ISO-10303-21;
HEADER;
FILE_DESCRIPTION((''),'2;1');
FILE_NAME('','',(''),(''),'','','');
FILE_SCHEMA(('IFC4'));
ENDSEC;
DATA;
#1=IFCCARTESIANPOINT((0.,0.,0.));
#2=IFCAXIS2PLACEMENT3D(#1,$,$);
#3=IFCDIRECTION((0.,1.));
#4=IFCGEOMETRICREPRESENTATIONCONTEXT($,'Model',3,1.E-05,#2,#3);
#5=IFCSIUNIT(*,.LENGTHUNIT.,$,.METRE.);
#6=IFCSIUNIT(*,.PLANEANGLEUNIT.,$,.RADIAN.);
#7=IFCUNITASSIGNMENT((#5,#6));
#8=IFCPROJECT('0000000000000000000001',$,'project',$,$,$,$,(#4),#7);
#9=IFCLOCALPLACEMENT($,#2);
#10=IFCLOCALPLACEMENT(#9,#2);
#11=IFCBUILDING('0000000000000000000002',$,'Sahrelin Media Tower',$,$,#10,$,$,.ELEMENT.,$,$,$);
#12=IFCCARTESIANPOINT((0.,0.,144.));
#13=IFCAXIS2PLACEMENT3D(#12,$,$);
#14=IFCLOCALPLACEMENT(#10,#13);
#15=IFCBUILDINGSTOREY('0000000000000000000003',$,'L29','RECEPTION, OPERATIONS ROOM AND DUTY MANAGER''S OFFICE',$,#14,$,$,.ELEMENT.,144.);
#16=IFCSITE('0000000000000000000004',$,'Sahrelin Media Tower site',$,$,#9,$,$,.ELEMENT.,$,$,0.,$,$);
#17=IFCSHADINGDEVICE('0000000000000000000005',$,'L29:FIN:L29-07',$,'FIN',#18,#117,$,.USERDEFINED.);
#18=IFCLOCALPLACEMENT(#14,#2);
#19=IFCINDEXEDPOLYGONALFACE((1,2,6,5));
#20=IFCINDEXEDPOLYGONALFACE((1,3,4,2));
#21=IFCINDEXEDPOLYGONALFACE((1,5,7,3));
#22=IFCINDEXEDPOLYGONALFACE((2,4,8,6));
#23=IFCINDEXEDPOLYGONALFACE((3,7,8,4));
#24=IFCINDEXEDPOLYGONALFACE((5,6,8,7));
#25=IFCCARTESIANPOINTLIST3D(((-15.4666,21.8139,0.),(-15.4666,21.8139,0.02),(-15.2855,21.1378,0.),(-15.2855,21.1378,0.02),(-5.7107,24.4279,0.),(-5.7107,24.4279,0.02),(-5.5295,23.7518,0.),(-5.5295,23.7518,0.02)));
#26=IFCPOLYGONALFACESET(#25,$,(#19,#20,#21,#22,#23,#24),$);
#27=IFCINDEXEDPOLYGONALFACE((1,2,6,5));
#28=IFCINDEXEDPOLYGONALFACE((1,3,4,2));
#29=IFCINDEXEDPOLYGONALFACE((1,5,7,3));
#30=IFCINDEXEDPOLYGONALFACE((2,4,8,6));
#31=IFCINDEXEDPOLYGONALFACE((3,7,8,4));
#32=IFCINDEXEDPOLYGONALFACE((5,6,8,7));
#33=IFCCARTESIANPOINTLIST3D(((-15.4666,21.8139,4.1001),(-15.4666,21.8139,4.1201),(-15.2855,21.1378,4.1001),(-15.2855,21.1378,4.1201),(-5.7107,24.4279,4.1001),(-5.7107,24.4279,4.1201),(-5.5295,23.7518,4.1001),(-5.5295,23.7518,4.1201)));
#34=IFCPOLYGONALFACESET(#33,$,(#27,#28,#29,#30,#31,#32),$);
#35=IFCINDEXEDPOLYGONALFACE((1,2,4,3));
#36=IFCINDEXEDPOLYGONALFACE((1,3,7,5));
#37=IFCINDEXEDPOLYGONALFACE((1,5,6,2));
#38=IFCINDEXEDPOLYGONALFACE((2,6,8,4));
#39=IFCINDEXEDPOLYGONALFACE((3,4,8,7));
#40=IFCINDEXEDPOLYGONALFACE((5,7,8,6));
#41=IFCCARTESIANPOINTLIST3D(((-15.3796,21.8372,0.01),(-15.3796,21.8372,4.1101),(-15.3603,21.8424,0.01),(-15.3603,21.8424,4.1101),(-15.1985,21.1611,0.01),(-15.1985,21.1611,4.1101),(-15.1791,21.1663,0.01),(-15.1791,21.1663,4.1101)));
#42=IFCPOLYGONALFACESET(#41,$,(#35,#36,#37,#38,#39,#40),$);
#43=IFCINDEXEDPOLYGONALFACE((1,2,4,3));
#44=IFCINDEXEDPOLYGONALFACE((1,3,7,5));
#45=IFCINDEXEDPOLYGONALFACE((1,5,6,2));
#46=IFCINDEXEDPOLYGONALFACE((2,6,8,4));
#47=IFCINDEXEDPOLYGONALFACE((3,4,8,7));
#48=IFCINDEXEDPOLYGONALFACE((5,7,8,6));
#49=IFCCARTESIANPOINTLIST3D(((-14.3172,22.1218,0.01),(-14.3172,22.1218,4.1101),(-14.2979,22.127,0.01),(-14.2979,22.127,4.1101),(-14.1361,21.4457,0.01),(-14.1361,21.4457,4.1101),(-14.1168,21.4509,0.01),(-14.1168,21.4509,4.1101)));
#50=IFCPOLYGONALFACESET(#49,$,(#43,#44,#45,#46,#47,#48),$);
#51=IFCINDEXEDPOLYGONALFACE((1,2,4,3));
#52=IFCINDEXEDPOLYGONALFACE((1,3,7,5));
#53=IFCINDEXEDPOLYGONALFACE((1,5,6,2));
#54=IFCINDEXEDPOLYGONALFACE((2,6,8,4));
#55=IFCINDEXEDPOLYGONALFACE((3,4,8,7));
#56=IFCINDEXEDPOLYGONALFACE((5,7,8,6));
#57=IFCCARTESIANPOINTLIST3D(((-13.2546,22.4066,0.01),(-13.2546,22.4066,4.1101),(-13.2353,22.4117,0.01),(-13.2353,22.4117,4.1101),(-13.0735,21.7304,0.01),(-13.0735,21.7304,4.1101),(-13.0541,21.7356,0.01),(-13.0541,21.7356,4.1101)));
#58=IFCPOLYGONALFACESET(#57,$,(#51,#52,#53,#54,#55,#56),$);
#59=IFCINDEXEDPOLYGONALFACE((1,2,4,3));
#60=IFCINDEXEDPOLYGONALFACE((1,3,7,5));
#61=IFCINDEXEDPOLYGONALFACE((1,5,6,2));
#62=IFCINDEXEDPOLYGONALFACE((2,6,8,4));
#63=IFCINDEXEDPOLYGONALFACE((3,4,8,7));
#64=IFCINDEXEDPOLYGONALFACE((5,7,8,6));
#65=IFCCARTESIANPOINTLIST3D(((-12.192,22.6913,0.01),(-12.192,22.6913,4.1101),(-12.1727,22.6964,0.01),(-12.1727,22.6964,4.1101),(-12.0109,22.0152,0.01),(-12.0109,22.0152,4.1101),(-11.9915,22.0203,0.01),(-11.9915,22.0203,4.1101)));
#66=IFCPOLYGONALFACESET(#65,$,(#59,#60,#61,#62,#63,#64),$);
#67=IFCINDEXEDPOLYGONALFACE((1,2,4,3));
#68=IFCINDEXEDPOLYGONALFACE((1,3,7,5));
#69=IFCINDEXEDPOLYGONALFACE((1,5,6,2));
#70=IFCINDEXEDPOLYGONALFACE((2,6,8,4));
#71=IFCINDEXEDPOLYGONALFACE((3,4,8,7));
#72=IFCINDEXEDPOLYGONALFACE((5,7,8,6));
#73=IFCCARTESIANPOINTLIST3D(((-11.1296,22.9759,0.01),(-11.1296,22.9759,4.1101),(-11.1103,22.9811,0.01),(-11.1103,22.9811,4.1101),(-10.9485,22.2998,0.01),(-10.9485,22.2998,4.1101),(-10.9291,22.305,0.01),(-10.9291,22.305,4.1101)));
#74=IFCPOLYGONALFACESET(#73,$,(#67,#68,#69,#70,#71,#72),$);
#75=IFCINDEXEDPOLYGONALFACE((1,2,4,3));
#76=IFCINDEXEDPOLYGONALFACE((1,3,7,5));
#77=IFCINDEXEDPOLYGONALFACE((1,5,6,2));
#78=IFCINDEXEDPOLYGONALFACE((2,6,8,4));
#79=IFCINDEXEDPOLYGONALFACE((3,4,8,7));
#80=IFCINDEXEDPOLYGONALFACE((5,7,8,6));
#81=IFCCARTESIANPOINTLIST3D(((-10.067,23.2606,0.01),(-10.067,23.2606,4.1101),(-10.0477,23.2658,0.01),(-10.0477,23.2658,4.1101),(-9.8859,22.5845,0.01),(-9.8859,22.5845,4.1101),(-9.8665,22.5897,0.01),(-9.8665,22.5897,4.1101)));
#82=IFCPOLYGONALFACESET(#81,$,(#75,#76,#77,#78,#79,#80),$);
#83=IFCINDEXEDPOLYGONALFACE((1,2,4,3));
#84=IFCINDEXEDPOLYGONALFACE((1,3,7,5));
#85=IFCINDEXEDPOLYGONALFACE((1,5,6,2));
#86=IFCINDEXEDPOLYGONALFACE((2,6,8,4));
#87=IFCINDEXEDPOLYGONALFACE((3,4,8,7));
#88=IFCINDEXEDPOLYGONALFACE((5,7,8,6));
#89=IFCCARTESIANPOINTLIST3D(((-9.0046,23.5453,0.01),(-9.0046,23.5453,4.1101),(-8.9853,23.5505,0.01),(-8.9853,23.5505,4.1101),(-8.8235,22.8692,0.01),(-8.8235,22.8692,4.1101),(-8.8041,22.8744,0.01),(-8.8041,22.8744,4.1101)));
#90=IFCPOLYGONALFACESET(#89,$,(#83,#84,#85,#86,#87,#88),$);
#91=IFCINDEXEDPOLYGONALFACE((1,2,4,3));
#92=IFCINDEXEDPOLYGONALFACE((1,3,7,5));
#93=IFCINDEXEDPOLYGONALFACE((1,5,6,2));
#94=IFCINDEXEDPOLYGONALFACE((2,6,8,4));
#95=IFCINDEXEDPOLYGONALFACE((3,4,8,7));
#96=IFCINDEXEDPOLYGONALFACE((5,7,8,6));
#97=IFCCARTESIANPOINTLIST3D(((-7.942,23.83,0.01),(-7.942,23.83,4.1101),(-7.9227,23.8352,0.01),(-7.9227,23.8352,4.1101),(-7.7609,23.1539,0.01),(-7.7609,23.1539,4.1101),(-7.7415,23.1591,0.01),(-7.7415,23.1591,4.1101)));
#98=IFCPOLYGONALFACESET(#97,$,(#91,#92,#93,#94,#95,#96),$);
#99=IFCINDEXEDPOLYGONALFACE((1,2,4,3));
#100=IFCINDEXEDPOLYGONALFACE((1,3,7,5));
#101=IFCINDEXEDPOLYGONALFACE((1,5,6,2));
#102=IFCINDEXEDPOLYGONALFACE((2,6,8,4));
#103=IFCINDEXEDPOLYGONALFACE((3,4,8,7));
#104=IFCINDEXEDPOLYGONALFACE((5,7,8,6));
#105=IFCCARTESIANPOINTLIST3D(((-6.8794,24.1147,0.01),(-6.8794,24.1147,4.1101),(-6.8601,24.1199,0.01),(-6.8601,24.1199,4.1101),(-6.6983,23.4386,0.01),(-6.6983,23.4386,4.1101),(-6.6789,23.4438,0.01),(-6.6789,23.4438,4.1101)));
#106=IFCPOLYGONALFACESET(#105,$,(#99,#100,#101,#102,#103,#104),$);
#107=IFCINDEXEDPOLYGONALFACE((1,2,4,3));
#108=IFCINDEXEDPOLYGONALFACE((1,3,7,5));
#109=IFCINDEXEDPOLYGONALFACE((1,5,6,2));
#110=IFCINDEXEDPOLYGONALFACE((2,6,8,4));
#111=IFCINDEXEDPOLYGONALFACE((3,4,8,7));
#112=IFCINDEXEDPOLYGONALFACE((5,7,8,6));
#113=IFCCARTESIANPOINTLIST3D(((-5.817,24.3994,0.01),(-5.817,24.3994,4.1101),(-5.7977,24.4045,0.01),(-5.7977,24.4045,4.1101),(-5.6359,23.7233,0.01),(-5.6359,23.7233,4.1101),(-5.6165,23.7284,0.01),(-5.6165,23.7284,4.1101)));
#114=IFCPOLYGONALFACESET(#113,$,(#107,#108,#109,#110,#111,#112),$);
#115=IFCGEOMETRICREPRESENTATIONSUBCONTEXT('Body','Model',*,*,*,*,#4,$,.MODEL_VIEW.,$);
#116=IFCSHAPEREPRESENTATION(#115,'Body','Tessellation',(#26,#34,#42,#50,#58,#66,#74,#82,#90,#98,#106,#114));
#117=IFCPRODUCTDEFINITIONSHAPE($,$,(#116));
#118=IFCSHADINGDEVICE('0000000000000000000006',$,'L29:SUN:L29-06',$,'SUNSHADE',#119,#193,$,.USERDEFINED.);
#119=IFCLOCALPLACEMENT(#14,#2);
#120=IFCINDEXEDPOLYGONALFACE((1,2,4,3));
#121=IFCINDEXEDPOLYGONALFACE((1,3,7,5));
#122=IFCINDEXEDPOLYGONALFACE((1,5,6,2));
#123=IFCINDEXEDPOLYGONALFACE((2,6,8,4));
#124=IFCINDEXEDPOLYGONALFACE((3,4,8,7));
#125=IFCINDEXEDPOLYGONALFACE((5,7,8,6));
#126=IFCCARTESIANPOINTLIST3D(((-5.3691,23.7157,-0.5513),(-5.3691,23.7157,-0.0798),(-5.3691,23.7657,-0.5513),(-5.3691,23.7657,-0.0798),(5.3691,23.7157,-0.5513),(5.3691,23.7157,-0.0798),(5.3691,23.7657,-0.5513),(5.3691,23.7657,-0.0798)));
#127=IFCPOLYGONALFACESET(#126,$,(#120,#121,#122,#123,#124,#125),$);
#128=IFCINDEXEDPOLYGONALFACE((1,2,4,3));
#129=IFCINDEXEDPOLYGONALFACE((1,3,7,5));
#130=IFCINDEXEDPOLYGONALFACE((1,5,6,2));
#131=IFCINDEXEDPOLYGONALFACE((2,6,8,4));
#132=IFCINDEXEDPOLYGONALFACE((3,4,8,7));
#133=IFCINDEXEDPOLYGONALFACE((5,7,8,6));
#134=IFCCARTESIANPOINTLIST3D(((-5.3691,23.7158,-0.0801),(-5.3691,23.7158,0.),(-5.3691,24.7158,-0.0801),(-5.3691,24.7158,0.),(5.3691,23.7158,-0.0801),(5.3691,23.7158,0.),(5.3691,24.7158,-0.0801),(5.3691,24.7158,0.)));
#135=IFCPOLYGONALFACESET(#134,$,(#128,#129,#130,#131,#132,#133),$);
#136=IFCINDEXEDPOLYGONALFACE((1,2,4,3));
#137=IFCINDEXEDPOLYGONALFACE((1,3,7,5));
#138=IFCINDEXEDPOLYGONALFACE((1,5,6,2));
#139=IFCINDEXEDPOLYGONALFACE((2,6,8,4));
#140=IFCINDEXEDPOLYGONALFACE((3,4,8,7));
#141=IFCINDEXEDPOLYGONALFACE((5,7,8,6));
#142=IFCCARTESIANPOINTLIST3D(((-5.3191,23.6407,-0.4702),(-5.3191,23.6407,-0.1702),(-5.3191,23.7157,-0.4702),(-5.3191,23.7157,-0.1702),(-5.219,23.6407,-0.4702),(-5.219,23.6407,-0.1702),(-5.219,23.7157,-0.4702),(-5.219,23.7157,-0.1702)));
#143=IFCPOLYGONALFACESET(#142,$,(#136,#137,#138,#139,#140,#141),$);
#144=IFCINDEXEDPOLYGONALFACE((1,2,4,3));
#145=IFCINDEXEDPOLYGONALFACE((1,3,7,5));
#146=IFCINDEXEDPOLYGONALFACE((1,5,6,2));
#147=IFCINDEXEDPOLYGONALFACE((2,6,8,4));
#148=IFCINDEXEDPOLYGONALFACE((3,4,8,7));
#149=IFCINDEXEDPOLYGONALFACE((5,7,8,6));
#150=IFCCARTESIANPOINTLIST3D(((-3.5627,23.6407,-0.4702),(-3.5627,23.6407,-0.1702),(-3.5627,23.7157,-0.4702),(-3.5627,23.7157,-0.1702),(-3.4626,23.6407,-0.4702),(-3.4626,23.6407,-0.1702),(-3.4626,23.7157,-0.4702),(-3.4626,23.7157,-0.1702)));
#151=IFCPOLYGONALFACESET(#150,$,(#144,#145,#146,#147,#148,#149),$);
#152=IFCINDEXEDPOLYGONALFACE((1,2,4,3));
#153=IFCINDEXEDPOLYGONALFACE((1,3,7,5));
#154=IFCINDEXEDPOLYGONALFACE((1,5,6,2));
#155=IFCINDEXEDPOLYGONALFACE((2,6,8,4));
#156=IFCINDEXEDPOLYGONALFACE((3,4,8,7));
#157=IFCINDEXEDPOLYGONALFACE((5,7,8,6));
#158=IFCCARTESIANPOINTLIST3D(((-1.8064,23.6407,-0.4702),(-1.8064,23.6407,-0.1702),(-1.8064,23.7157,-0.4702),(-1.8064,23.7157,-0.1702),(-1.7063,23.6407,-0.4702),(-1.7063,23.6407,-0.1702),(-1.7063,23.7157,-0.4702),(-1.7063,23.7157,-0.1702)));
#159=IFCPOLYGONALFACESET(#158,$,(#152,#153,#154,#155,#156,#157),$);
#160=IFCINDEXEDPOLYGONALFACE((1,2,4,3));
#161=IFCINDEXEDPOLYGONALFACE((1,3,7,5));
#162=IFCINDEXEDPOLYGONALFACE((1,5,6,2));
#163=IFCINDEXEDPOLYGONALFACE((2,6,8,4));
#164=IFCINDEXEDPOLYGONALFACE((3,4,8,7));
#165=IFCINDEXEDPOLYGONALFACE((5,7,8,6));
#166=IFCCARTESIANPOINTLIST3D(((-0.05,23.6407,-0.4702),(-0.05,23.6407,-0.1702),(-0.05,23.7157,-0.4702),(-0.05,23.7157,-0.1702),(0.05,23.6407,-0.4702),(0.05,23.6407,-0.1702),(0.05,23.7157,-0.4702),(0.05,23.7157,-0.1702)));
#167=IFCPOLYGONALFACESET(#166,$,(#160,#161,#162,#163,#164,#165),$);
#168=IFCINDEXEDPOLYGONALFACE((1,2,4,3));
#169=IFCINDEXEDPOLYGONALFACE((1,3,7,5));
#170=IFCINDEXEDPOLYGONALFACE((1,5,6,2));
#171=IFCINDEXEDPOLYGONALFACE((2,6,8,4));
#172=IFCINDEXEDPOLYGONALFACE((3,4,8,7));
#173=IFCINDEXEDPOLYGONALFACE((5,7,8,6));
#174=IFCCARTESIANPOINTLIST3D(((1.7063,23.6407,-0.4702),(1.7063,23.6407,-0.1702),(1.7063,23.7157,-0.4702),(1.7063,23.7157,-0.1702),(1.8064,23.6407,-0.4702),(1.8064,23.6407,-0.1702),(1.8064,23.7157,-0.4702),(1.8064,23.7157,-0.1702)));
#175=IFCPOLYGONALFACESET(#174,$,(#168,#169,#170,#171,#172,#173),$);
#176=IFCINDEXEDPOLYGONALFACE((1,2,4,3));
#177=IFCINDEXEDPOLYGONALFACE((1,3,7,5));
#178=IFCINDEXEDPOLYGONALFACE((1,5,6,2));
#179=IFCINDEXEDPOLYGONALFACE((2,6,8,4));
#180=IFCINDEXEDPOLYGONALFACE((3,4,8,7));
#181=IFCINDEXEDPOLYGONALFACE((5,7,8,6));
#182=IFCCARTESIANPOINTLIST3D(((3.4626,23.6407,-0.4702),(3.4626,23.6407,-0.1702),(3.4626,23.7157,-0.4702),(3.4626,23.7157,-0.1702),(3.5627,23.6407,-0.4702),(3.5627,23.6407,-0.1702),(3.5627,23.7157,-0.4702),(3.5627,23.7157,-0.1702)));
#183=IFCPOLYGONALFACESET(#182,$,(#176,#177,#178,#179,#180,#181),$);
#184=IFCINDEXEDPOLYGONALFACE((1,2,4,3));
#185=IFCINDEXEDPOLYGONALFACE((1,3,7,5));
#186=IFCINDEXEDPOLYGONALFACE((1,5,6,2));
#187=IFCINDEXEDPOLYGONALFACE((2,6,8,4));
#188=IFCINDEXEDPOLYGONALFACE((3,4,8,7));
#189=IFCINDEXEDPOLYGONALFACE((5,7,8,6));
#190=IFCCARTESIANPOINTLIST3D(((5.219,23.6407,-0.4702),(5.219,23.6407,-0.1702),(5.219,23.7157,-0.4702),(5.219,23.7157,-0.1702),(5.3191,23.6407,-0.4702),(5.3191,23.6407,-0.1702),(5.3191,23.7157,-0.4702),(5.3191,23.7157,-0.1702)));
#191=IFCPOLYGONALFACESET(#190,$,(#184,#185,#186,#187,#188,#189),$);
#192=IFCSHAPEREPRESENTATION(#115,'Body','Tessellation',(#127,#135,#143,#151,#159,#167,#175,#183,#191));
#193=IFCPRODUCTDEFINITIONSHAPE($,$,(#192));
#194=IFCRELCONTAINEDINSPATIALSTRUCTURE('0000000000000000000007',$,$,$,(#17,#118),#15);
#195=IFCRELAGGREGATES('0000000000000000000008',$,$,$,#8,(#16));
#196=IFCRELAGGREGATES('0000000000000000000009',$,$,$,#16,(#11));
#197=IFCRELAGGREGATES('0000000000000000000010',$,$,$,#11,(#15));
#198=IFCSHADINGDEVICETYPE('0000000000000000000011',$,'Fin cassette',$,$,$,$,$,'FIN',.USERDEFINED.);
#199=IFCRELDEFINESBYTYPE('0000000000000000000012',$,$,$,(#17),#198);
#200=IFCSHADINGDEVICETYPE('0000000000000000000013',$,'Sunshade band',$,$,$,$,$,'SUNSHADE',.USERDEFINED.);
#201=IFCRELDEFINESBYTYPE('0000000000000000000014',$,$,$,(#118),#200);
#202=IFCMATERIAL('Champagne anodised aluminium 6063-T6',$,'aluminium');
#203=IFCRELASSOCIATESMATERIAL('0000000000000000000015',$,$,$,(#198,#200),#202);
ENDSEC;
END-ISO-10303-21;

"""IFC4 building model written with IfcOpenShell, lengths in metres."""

from ifc_helpers import new_model, si_unit, direction, frame, origin, origin_2d, place, context, subcontext, project, spatial, rectangle, extrude, material, type_object, element, save


model = new_model("IFC4")

# Units and contexts
model_context = context("Model", 3, precision=1e-05, world=origin(), true_north=direction((0.0, 1.0)))
body_context = subcontext(model_context, "Body", "Model", "MODEL_VIEW")
ifc_project = project(units=[si_unit("LENGTHUNIT", "METRE"), si_unit("PLANEANGLEUNIT", "RADIAN")], contexts=[model_context])

# Site, building, storey
site_placement = place(None, origin())
site = spatial("IfcSite", under=ifc_project, at=site_placement, Name="Sahrelin Media Tower site", CompositionType="ELEMENT", RefElevation=0.0)
building_placement = place(site_placement, origin())
building = spatial("IfcBuilding", under=site, at=building_placement, Name="Sahrelin Media Tower", CompositionType="ELEMENT")
storey_placement = place(building_placement, frame((0.0, 0.0, 144.0)))
storey = spatial("IfcBuildingStorey", under=building, at=storey_placement, Name="L29", Description="RECEPTION, OPERATIONS ROOM AND DUTY MANAGER'S OFFICE", CompositionType="ELEMENT", Elevation=144.0)

# Shared definitions
ifc_material_1 = material(Name="Champagne anodised aluminium 6063-T6", Category="aluminium")
placement_1 = place(storey_placement, frame((0.0, 23.6958, 0.0), z_axis=(0.0, 0.0, 1.0), x_axis=(1.0, 0.0, 0.0)))

# Shading devices
shading_device_type_1 = type_object("IfcShadingDeviceType", Name="Fin cassette", ElementType="FIN", PredefinedType="USERDEFINED", material=ifc_material_1)
placement_2 = place(storey_placement, frame((-10.3894, 22.3772, 0.0), z_axis=(0.0, 0.0, 1.0), x_axis=(0.965929, 0.258808, 0.0)))
element("IfcShadingDevice", 1, at=placement_2, inside=storey, type_object=shading_device_type_1, Name="L29:FIN:L29-07", ObjectType="FIN", PredefinedType="USERDEFINED", context=body_context, shape_type="SweptSolid", body=[
    extrude(rectangle(XDim=10.1001, YDim=0.7, at=origin_2d()), frame((0.0, 0.4199, 0.0)), (0.0, 0.0, 1.0), 0.02),
    extrude(rectangle(XDim=10.1001, YDim=0.7, at=origin_2d()), frame((0.0, 0.4199, 4.1001)), (0.0, 0.0, 1.0), 0.02),
    extrude(rectangle(XDim=0.02, YDim=0.7, at=origin_2d()), frame((-4.95, 0.4199, 0.01), z_axis=(0.0, 0.0, 1.0), x_axis=(1.0, 0.0, 0.0)), (0.0, 0.0, 1.0), 4.1001),
    extrude(rectangle(XDim=0.02, YDim=0.7, at=origin_2d()), frame((-3.8501, 0.4199, 0.01), z_axis=(0.0, 0.0, 1.0), x_axis=(1.0, 0.0, 0.0)), (0.0, 0.0, 1.0), 4.1001),
    extrude(rectangle(XDim=0.02, YDim=0.7, at=origin_2d()), frame((-2.75, 0.4199, 0.01), z_axis=(0.0, 0.0, 1.0), x_axis=(1.0, 0.0, 0.0)), (0.0, 0.0, 1.0), 4.1001),
    extrude(rectangle(XDim=0.02, YDim=0.7, at=origin_2d()), frame((-1.6499, 0.4199, 0.01), z_axis=(0.0, 0.0, 1.0), x_axis=(1.0, 0.0, 0.0)), (0.0, 0.0, 1.0), 4.1001),
    extrude(rectangle(XDim=0.02, YDim=0.7, at=origin_2d()), frame((-0.55, 0.4199, 0.01), z_axis=(0.0, 0.0, 1.0), x_axis=(1.0, 0.0, 0.0)), (0.0, 0.0, 1.0), 4.1001),
    extrude(rectangle(XDim=0.02, YDim=0.7, at=origin_2d()), frame((0.55, 0.4199, 0.01), z_axis=(0.0, 0.0, 1.0), x_axis=(1.0, 0.0, 0.0)), (0.0, 0.0, 1.0), 4.1001),
    extrude(rectangle(XDim=0.02, YDim=0.7, at=origin_2d()), frame((1.6499, 0.4199, 0.01), z_axis=(0.0, 0.0, 1.0), x_axis=(1.0, 0.0, 0.0)), (0.0, 0.0, 1.0), 4.1001),
    extrude(rectangle(XDim=0.02, YDim=0.7, at=origin_2d()), frame((2.75, 0.4199, 0.01), z_axis=(0.0, 0.0, 1.0), x_axis=(1.0, 0.0, 0.0)), (0.0, 0.0, 1.0), 4.1001),
    extrude(rectangle(XDim=0.02, YDim=0.7, at=origin_2d()), frame((3.8501, 0.4199, 0.01), z_axis=(0.0, 0.0, 1.0), x_axis=(1.0, 0.0, 0.0)), (0.0, 0.0, 1.0), 4.1001),
    extrude(rectangle(XDim=0.02, YDim=0.7, at=origin_2d()), frame((4.95, 0.4199, 0.01), z_axis=(0.0, 0.0, 1.0), x_axis=(1.0, 0.0, 0.0)), (0.0, 0.0, 1.0), 4.1001),
])
shading_device_type_2 = type_object("IfcShadingDeviceType", Name="Sunshade band", ElementType="SUNSHADE", PredefinedType="USERDEFINED", material=ifc_material_1)
element("IfcShadingDevice", 2, at=placement_1, inside=storey, type_object=shading_device_type_2, Name="L29:SUN:L29-06", ObjectType="SUNSHADE", PredefinedType="USERDEFINED", context=body_context, shape_type="SweptSolid", body=[
    extrude(rectangle(XDim=10.7383, YDim=0.05, at=origin_2d()), frame((0.0, 0.0449, -0.5513)), (0.0, 0.0, 1.0), 0.4714),
    extrude(rectangle(XDim=10.7383, YDim=1.0, at=origin_2d()), frame((0.0, 0.52, -0.0801)), (0.0, 0.0, 1.0), 0.0801),
    extrude(rectangle(XDim=0.1001, YDim=0.075, at=origin_2d()), frame((-5.269, -0.0176, -0.4702)), (0.0, 0.0, 1.0), 0.3),
    extrude(rectangle(XDim=0.1001, YDim=0.075, at=origin_2d()), frame((-3.5127, -0.0176, -0.4702)), (0.0, 0.0, 1.0), 0.3),
    extrude(rectangle(XDim=0.1001, YDim=0.075, at=origin_2d()), frame((-1.7563, -0.0176, -0.4702)), (0.0, 0.0, 1.0), 0.3),
    extrude(rectangle(XDim=0.1001, YDim=0.075, at=origin_2d()), frame((0.0, -0.0176, -0.4702)), (0.0, 0.0, 1.0), 0.3),
    extrude(rectangle(XDim=0.1001, YDim=0.075, at=origin_2d()), frame((1.7563, -0.0176, -0.4702)), (0.0, 0.0, 1.0), 0.3),
    extrude(rectangle(XDim=0.1001, YDim=0.075, at=origin_2d()), frame((3.5127, -0.0176, -0.4702)), (0.0, 0.0, 1.0), 0.3),
    extrude(rectangle(XDim=0.1001, YDim=0.075, at=origin_2d()), frame((5.269, -0.0176, -0.4702)), (0.0, 0.0, 1.0), 0.3),
])

save(model, "model.ifc")
